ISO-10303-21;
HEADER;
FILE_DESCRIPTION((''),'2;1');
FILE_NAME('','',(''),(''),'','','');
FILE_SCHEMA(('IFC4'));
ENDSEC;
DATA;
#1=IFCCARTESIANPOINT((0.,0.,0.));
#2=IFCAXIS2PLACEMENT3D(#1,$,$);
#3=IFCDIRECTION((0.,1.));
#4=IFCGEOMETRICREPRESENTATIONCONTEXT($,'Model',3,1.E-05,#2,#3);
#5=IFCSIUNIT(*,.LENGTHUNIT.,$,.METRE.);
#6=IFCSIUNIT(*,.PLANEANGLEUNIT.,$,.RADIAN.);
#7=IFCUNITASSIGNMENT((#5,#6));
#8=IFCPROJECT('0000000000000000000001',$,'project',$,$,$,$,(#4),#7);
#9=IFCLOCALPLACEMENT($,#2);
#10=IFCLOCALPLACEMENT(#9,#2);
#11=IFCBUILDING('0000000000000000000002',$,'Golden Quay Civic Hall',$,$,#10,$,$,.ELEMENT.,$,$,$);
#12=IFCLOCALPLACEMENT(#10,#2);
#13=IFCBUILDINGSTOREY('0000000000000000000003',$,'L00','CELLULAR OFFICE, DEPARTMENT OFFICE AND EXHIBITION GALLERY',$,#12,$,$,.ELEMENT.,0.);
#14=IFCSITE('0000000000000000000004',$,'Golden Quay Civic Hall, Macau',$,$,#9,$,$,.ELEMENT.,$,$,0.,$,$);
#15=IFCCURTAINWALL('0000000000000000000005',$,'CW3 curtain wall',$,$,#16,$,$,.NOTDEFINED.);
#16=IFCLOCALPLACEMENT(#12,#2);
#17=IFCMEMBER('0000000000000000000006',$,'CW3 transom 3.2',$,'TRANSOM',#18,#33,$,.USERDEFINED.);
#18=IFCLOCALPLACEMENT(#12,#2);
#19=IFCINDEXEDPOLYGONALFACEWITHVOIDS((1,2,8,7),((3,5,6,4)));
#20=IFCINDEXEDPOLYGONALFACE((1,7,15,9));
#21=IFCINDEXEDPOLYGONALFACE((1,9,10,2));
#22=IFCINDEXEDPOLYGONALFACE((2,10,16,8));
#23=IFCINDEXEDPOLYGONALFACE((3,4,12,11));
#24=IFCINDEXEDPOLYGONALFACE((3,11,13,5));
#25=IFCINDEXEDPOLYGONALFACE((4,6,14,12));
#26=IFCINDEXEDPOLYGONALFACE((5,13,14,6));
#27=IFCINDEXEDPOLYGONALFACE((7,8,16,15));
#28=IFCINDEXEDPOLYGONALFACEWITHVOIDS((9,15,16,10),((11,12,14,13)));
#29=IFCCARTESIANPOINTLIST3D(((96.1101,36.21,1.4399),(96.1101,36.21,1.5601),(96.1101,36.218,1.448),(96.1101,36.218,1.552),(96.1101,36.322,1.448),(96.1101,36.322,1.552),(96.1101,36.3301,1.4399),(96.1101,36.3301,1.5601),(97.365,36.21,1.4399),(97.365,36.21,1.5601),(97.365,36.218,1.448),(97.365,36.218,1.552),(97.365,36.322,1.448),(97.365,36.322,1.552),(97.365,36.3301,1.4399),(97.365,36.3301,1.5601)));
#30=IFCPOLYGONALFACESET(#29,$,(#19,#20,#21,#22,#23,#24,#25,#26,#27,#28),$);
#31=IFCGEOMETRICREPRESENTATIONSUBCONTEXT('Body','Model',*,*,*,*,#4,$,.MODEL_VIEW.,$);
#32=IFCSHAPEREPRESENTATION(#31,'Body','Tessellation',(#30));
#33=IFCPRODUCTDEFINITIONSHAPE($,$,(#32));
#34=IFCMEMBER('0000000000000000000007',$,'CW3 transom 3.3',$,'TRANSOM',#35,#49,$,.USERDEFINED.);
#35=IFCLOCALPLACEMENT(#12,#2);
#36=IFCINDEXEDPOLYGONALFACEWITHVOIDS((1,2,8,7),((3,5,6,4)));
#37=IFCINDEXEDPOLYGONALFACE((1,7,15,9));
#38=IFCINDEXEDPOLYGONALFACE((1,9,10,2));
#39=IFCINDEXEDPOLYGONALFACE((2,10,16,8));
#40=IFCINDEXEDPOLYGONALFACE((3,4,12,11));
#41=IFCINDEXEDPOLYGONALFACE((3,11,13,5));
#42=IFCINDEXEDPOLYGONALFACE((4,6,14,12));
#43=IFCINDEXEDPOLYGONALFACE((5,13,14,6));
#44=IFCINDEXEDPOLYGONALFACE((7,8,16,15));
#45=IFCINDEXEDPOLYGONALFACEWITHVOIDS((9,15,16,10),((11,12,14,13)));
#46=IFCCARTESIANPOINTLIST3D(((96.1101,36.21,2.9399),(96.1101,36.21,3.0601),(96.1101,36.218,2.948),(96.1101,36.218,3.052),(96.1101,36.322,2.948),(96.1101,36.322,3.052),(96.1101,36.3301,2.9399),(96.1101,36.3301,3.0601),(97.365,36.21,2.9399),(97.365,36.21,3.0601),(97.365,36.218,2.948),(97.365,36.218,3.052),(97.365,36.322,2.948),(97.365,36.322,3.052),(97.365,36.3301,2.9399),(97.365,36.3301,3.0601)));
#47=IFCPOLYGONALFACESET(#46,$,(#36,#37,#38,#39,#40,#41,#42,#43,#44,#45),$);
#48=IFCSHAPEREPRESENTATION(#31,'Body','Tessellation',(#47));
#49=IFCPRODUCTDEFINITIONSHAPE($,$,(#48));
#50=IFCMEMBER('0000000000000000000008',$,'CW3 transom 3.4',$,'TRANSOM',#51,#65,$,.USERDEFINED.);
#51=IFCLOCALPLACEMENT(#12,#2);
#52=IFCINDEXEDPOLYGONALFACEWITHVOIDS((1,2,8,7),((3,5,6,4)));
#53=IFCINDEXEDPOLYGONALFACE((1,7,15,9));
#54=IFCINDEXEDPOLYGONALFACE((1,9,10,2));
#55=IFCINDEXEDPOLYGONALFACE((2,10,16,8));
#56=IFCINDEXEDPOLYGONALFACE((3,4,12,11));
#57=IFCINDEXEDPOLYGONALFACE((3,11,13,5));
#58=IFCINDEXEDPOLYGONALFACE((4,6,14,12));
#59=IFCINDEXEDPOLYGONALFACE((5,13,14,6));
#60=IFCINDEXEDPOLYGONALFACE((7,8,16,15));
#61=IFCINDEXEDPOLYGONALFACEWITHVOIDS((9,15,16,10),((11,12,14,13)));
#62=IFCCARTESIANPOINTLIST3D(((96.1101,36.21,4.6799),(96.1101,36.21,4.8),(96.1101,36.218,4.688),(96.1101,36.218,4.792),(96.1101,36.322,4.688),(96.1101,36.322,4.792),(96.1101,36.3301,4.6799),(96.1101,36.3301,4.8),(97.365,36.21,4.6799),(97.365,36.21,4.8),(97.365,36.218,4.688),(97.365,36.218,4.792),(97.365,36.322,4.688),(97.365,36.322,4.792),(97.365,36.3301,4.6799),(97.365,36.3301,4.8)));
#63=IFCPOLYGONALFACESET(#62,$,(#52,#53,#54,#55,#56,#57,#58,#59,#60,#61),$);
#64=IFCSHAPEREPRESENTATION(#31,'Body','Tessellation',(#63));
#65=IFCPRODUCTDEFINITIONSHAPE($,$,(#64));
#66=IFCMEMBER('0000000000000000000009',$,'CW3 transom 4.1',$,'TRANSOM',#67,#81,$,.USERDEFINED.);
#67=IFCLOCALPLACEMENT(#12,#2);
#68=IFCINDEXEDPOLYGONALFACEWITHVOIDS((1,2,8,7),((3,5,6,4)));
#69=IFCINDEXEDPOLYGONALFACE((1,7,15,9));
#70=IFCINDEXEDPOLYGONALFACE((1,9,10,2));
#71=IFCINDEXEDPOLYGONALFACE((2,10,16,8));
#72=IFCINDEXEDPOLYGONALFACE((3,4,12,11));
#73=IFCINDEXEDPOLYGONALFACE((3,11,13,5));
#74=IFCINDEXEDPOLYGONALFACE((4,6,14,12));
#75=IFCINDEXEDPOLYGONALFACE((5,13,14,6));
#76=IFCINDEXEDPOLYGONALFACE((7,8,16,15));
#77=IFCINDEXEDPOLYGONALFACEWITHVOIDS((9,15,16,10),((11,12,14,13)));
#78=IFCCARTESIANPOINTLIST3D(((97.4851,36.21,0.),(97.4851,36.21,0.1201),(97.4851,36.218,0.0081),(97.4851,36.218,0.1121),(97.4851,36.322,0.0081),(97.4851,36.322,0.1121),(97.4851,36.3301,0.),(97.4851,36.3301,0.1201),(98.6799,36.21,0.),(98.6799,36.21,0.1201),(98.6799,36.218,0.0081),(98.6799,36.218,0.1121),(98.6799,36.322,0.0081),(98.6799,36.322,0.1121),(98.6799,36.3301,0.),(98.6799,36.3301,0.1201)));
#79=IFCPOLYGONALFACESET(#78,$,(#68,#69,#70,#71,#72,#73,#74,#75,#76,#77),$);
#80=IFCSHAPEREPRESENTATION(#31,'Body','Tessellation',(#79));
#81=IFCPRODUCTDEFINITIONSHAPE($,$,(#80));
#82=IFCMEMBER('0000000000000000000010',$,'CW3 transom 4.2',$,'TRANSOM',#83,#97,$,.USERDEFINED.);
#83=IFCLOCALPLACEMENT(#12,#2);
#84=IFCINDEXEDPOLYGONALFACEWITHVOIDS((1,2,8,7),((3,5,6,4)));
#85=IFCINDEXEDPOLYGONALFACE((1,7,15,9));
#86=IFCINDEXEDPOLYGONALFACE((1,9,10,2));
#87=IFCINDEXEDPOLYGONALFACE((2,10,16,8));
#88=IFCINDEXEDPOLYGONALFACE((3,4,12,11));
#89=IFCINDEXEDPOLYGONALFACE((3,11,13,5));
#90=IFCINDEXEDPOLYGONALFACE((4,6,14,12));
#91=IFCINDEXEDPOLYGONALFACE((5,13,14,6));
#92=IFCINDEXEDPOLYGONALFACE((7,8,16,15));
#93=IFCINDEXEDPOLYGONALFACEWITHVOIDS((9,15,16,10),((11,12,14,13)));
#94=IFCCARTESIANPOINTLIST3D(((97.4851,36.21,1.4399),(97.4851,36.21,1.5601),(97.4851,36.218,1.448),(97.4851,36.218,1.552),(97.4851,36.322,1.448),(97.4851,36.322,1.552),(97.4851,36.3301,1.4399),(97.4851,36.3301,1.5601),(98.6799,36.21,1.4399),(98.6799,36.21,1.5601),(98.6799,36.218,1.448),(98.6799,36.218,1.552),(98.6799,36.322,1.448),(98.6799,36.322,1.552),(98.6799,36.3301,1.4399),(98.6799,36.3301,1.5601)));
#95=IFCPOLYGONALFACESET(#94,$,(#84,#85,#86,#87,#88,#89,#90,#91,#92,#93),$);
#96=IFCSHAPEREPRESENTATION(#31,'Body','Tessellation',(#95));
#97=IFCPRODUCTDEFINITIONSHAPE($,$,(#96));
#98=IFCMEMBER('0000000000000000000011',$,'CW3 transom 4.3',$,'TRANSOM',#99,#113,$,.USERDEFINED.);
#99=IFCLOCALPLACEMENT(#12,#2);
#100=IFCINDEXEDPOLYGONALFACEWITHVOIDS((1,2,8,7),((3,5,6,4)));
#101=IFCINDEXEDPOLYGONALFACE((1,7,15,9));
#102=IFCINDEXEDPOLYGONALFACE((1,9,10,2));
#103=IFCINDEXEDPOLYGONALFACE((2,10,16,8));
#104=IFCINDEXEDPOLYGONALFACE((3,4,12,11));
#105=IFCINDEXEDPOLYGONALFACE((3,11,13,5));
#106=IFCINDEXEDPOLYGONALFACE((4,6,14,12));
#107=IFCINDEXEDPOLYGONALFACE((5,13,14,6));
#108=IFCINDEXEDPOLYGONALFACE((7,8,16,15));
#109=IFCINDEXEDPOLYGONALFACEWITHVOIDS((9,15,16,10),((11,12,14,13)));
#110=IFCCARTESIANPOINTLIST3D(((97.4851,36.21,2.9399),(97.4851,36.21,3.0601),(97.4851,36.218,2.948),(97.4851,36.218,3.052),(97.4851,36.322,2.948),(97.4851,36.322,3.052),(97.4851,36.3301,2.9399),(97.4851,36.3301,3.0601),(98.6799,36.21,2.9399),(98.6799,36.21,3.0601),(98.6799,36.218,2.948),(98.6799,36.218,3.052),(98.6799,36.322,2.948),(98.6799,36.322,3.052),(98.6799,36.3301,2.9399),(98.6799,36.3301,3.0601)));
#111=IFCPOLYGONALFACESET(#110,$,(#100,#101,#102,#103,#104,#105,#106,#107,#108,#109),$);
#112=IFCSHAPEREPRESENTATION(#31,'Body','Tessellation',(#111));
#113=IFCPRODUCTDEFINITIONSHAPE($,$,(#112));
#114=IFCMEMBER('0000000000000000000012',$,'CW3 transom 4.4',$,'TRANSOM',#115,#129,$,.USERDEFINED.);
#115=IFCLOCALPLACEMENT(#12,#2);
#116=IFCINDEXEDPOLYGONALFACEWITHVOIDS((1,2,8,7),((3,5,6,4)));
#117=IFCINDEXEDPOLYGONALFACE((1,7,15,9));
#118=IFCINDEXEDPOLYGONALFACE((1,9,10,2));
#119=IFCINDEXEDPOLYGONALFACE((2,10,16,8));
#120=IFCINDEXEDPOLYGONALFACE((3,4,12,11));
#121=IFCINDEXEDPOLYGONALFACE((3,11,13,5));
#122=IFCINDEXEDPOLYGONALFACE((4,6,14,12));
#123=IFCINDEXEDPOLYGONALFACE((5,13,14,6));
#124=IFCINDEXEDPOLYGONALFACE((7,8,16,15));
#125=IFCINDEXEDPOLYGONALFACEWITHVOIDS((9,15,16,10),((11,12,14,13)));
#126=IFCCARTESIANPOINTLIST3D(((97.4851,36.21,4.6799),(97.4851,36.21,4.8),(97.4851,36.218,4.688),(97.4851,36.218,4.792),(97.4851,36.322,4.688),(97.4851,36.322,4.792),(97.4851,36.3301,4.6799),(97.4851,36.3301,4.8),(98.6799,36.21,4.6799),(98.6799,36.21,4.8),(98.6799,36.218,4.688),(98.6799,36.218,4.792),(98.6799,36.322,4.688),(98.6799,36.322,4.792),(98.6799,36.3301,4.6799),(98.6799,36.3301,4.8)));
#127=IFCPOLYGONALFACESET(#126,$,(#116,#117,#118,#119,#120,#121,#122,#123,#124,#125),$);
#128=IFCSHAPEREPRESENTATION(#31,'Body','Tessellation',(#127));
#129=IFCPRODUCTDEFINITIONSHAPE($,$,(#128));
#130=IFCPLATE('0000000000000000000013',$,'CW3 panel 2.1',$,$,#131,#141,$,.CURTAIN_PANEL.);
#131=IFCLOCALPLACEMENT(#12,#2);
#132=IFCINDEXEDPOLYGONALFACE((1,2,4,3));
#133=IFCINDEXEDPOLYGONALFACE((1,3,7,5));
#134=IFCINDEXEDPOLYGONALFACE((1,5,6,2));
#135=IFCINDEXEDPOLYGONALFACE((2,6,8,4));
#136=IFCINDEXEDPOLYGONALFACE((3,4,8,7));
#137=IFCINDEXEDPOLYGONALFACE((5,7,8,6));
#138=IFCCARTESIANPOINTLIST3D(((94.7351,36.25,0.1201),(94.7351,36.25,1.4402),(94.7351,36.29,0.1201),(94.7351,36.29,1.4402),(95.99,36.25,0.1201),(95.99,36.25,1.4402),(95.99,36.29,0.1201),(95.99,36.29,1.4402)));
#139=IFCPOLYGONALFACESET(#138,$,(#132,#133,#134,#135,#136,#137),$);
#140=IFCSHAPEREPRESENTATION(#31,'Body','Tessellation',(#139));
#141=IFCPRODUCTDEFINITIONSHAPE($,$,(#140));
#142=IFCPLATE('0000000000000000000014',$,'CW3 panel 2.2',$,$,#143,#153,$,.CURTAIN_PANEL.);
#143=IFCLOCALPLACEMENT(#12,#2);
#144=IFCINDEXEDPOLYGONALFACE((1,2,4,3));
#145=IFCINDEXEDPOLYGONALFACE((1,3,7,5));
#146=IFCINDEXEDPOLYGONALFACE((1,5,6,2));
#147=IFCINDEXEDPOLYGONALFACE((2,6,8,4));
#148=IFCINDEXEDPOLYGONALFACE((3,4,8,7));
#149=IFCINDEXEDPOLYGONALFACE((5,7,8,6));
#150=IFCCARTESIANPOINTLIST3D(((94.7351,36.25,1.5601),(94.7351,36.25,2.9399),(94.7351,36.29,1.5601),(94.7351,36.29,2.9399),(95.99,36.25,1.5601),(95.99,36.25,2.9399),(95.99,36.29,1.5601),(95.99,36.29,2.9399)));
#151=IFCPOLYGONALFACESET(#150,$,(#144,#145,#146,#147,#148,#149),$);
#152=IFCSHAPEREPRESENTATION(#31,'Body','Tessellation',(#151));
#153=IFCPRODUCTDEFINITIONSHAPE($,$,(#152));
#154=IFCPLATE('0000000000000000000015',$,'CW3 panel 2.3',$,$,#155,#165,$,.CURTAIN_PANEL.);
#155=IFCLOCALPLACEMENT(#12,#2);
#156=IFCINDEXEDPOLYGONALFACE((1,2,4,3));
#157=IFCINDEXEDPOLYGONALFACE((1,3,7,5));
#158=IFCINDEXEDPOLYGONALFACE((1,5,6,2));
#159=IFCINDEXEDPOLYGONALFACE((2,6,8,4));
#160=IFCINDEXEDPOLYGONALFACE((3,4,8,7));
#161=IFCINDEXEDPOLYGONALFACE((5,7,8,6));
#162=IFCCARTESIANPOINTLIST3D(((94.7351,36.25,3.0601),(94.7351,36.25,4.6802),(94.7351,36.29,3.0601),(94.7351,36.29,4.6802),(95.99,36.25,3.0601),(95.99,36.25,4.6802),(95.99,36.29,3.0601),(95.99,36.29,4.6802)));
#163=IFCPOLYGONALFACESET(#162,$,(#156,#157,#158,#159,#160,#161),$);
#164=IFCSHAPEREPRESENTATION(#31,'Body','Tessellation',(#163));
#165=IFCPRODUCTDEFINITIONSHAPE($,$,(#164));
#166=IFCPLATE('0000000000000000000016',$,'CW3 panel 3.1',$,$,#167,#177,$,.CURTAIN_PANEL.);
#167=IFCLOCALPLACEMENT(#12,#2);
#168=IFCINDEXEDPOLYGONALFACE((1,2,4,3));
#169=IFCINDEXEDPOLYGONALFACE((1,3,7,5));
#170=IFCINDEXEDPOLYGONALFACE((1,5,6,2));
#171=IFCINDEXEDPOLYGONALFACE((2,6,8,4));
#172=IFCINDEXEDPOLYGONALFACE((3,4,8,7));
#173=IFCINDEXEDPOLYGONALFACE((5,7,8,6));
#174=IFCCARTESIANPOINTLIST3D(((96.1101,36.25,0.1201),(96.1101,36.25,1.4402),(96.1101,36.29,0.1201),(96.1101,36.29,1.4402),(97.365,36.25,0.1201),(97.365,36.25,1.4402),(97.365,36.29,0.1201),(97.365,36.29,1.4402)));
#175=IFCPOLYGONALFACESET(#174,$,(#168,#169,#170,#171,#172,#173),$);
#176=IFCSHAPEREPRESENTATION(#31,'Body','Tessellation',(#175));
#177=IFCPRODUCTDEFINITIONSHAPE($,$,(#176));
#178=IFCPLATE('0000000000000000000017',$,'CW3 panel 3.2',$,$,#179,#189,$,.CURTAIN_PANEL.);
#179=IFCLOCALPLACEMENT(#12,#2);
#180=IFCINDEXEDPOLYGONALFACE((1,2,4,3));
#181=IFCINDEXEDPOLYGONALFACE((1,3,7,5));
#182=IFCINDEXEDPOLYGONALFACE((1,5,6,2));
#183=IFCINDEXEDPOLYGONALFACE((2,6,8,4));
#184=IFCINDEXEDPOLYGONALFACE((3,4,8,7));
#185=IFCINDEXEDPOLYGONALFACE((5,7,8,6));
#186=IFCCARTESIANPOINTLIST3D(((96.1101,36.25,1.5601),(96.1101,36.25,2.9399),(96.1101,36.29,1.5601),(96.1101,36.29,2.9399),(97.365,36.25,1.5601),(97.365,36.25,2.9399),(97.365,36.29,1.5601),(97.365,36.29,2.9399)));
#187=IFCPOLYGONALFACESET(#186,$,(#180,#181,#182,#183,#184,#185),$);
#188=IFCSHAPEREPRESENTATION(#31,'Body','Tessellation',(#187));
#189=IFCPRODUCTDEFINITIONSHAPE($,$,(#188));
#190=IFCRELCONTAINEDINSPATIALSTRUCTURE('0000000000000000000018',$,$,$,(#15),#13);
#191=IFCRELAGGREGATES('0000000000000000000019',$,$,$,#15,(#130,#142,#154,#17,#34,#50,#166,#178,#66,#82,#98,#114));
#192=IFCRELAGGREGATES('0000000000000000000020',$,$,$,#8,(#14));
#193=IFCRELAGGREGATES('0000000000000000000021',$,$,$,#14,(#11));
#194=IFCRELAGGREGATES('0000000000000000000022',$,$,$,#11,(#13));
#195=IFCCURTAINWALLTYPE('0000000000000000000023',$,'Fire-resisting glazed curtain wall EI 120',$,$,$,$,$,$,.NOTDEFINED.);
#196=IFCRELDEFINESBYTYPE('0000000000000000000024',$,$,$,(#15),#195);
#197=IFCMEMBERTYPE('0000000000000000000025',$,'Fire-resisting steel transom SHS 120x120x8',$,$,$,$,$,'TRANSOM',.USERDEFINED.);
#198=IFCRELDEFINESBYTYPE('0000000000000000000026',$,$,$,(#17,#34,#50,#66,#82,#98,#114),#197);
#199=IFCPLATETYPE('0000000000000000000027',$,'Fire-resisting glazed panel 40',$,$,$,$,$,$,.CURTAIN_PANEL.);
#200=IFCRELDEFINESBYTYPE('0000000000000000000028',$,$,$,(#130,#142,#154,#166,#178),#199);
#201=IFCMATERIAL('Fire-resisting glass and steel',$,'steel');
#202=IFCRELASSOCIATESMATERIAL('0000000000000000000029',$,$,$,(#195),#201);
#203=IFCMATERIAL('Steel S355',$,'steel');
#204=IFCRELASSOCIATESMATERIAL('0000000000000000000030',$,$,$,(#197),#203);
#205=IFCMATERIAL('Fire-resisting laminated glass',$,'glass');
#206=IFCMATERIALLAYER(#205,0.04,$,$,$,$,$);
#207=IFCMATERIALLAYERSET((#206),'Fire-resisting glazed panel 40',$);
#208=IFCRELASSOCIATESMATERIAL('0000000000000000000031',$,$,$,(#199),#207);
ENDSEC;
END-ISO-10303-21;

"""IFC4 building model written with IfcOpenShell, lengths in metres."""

from ifc_helpers import new_model, si_unit, direction, frame, origin, origin_2d, place, context, subcontext, project, spatial, rectangle, hollow_rectangle, extrude, material, layer, layer_set, material_profile, profile_set, type_object, element, aggregate, save


model = new_model("IFC4")

# Units and contexts
model_context = context("Model", 3, precision=1e-05, world=origin(), true_north=direction((0.0, 1.0)))
body_context = subcontext(model_context, "Body", "Model", "MODEL_VIEW")
ifc_project = project(units=[si_unit("LENGTHUNIT", "METRE"), si_unit("PLANEANGLEUNIT", "RADIAN")], contexts=[model_context])

# Site, building, storey
site_placement = place(None, origin())
site = spatial("IfcSite", under=ifc_project, at=site_placement, Name="Golden Quay Civic Hall, Macau", CompositionType="ELEMENT", RefElevation=0.0)
building_placement = place(site_placement, origin())
building = spatial("IfcBuilding", under=site, at=building_placement, Name="Golden Quay Civic Hall", CompositionType="ELEMENT")
storey_placement = place(building_placement, origin())
storey = spatial("IfcBuildingStorey", under=building, at=storey_placement, Name="L00", Description="CELLULAR OFFICE, DEPARTMENT OFFICE AND EXHIBITION GALLERY", CompositionType="ELEMENT", Elevation=0.0)

# Curtain wall, members, plates
ifc_material_1 = material(Name="Fire-resisting glass and steel", Category="steel")
curtain_wall_type = type_object("IfcCurtainWallType", Name="Fire-resisting glazed curtain wall EI 120", PredefinedType="NOTDEFINED", material=ifc_material_1)
curtain_wall_placement = place(storey_placement, origin())
curtain_wall = element("IfcCurtainWall", 1, at=curtain_wall_placement, inside=storey, type_object=curtain_wall_type, Name="CW3 curtain wall", PredefinedType="NOTDEFINED")
ifc_material_2 = material(Name="Steel S355", Category="steel")
ifc_material_profile_1 = material_profile(ifc_material_2, hollow_rectangle(XDim=0.1201, YDim=0.1201, WallThickness=0.0081, at=origin_2d()), Name="SHS 120x120x8")
ifc_profile_set_1 = profile_set([ifc_material_profile_1], Name="Steel S355")
member_type_1 = type_object("IfcMemberType", Name="Fire-resisting steel transom SHS 120x120x8", ElementType="TRANSOM", PredefinedType="USERDEFINED", material=ifc_profile_set_1)
member_1_placement = place(storey_placement, frame((96.1101, 36.27, 1.5), z_axis=(1.0, 0.0, 0.0), x_axis=(0.0, 1.0, 0.0)))
member_1 = element("IfcMember", 2, at=member_1_placement, type_object=member_type_1, Name="CW3 transom 3.2", ObjectType="TRANSOM", PredefinedType="USERDEFINED", context=body_context, shape_type="SweptSolid", body=[
    extrude(hollow_rectangle(XDim=0.1201, YDim=0.1201, WallThickness=0.0081, at=origin_2d()), origin(), (0.0, 0.0, 1.0), 1.2549),
])
member_2_placement = place(storey_placement, frame((96.1101, 36.27, 3.0), z_axis=(1.0, 0.0, 0.0), x_axis=(0.0, 1.0, 0.0)))
member_2 = element("IfcMember", 3, at=member_2_placement, type_object=member_type_1, Name="CW3 transom 3.3", ObjectType="TRANSOM", PredefinedType="USERDEFINED", context=body_context, shape_type="SweptSolid", body=[
    extrude(hollow_rectangle(XDim=0.1201, YDim=0.1201, WallThickness=0.0081, at=origin_2d()), origin(), (0.0, 0.0, 1.0), 1.2549),
])
member_3_placement = place(storey_placement, frame((96.1101, 36.27, 4.74), z_axis=(1.0, 0.0, 0.0), x_axis=(0.0, 1.0, 0.0)))
member_3 = element("IfcMember", 4, at=member_3_placement, type_object=member_type_1, Name="CW3 transom 3.4", ObjectType="TRANSOM", PredefinedType="USERDEFINED", context=body_context, shape_type="SweptSolid", body=[
    extrude(hollow_rectangle(XDim=0.1201, YDim=0.1201, WallThickness=0.0081, at=origin_2d()), origin(), (0.0, 0.0, 1.0), 1.2549),
])
member_4_placement = place(storey_placement, frame((97.4851, 36.27, 0.0601), z_axis=(1.0, 0.0, 0.0), x_axis=(0.0, 1.0, 0.0)))
member_4 = element("IfcMember", 5, at=member_4_placement, type_object=member_type_1, Name="CW3 transom 4.1", ObjectType="TRANSOM", PredefinedType="USERDEFINED", context=body_context, shape_type="SweptSolid", body=[
    extrude(hollow_rectangle(XDim=0.1201, YDim=0.1201, WallThickness=0.0081, at=origin_2d()), origin(), (0.0, 0.0, 1.0), 1.1948),
])
member_5_placement = place(storey_placement, frame((97.4851, 36.27, 1.5), z_axis=(1.0, 0.0, 0.0), x_axis=(0.0, 1.0, 0.0)))
member_5 = element("IfcMember", 6, at=member_5_placement, type_object=member_type_1, Name="CW3 transom 4.2", ObjectType="TRANSOM", PredefinedType="USERDEFINED", context=body_context, shape_type="SweptSolid", body=[
    extrude(hollow_rectangle(XDim=0.1201, YDim=0.1201, WallThickness=0.0081, at=origin_2d()), origin(), (0.0, 0.0, 1.0), 1.1948),
])
member_6_placement = place(storey_placement, frame((97.4851, 36.27, 3.0), z_axis=(1.0, 0.0, 0.0), x_axis=(0.0, 1.0, 0.0)))
member_6 = element("IfcMember", 7, at=member_6_placement, type_object=member_type_1, Name="CW3 transom 4.3", ObjectType="TRANSOM", PredefinedType="USERDEFINED", context=body_context, shape_type="SweptSolid", body=[
    extrude(hollow_rectangle(XDim=0.1201, YDim=0.1201, WallThickness=0.0081, at=origin_2d()), origin(), (0.0, 0.0, 1.0), 1.1948),
])
member_7_placement = place(storey_placement, frame((97.4851, 36.27, 4.74), z_axis=(1.0, 0.0, 0.0), x_axis=(0.0, 1.0, 0.0)))
member_7 = element("IfcMember", 8, at=member_7_placement, type_object=member_type_1, Name="CW3 transom 4.4", ObjectType="TRANSOM", PredefinedType="USERDEFINED", context=body_context, shape_type="SweptSolid", body=[
    extrude(hollow_rectangle(XDim=0.1201, YDim=0.1201, WallThickness=0.0081, at=origin_2d()), origin(), (0.0, 0.0, 1.0), 1.1948),
])
ifc_material_3 = material(Name="Fire-resisting laminated glass", Category="glass")
ifc_layer_1 = layer(ifc_material_3, 0.04)
ifc_layer_set_1 = layer_set([ifc_layer_1], Name="Fire-resisting glazed panel 40")
plate_type = type_object("IfcPlateType", Name="Fire-resisting glazed panel 40", PredefinedType="CURTAIN_PANEL", material=ifc_layer_set_1)
plate_1_placement = place(storey_placement, frame((95.3625, 36.27, 0.1201), z_axis=(0.0, 0.0, 1.0), x_axis=(1.0, 0.0, 0.0)))
plate_1 = element("IfcPlate", 9, at=plate_1_placement, type_object=plate_type, Name="CW3 panel 2.1", PredefinedType="CURTAIN_PANEL", context=body_context, shape_type="SweptSolid", body=[
    extrude(rectangle(XDim=1.2549, YDim=0.04, at=origin_2d()), origin(), (0.0, 0.0, 1.0), 1.3201),
])
plate_2_placement = place(storey_placement, frame((95.3625, 36.27, 1.5601), z_axis=(0.0, 0.0, 1.0), x_axis=(1.0, 0.0, 0.0)))
plate_2 = element("IfcPlate", 10, at=plate_2_placement, type_object=plate_type, Name="CW3 panel 2.2", PredefinedType="CURTAIN_PANEL", context=body_context, shape_type="SweptSolid", body=[
    extrude(rectangle(XDim=1.2549, YDim=0.04, at=origin_2d()), origin(), (0.0, 0.0, 1.0), 1.3799),
])
plate_3_placement = place(storey_placement, frame((95.3625, 36.27, 3.0601), z_axis=(0.0, 0.0, 1.0), x_axis=(1.0, 0.0, 0.0)))
plate_3 = element("IfcPlate", 11, at=plate_3_placement, type_object=plate_type, Name="CW3 panel 2.3", PredefinedType="CURTAIN_PANEL", context=body_context, shape_type="SweptSolid", body=[
    extrude(rectangle(XDim=1.2549, YDim=0.04, at=origin_2d()), origin(), (0.0, 0.0, 1.0), 1.6201),
])
plate_4_placement = place(storey_placement, frame((96.7375, 36.27, 0.1201), z_axis=(0.0, 0.0, 1.0), x_axis=(1.0, 0.0, 0.0)))
plate_4 = element("IfcPlate", 12, at=plate_4_placement, type_object=plate_type, Name="CW3 panel 3.1", PredefinedType="CURTAIN_PANEL", context=body_context, shape_type="SweptSolid", body=[
    extrude(rectangle(XDim=1.2549, YDim=0.04, at=origin_2d()), origin(), (0.0, 0.0, 1.0), 1.3201),
])
plate_5_placement = place(storey_placement, frame((96.7375, 36.27, 1.5601), z_axis=(0.0, 0.0, 1.0), x_axis=(1.0, 0.0, 0.0)))
plate_5 = element("IfcPlate", 13, at=plate_5_placement, type_object=plate_type, Name="CW3 panel 3.2", PredefinedType="CURTAIN_PANEL", context=body_context, shape_type="SweptSolid", body=[
    extrude(rectangle(XDim=1.2549, YDim=0.04, at=origin_2d()), origin(), (0.0, 0.0, 1.0), 1.3799),
])
aggregate(curtain_wall, [plate_1, plate_2, plate_3, member_1, member_2, member_3, plate_4, plate_5, member_4, member_5, member_6, member_7])

save(model, "model.ifc")
